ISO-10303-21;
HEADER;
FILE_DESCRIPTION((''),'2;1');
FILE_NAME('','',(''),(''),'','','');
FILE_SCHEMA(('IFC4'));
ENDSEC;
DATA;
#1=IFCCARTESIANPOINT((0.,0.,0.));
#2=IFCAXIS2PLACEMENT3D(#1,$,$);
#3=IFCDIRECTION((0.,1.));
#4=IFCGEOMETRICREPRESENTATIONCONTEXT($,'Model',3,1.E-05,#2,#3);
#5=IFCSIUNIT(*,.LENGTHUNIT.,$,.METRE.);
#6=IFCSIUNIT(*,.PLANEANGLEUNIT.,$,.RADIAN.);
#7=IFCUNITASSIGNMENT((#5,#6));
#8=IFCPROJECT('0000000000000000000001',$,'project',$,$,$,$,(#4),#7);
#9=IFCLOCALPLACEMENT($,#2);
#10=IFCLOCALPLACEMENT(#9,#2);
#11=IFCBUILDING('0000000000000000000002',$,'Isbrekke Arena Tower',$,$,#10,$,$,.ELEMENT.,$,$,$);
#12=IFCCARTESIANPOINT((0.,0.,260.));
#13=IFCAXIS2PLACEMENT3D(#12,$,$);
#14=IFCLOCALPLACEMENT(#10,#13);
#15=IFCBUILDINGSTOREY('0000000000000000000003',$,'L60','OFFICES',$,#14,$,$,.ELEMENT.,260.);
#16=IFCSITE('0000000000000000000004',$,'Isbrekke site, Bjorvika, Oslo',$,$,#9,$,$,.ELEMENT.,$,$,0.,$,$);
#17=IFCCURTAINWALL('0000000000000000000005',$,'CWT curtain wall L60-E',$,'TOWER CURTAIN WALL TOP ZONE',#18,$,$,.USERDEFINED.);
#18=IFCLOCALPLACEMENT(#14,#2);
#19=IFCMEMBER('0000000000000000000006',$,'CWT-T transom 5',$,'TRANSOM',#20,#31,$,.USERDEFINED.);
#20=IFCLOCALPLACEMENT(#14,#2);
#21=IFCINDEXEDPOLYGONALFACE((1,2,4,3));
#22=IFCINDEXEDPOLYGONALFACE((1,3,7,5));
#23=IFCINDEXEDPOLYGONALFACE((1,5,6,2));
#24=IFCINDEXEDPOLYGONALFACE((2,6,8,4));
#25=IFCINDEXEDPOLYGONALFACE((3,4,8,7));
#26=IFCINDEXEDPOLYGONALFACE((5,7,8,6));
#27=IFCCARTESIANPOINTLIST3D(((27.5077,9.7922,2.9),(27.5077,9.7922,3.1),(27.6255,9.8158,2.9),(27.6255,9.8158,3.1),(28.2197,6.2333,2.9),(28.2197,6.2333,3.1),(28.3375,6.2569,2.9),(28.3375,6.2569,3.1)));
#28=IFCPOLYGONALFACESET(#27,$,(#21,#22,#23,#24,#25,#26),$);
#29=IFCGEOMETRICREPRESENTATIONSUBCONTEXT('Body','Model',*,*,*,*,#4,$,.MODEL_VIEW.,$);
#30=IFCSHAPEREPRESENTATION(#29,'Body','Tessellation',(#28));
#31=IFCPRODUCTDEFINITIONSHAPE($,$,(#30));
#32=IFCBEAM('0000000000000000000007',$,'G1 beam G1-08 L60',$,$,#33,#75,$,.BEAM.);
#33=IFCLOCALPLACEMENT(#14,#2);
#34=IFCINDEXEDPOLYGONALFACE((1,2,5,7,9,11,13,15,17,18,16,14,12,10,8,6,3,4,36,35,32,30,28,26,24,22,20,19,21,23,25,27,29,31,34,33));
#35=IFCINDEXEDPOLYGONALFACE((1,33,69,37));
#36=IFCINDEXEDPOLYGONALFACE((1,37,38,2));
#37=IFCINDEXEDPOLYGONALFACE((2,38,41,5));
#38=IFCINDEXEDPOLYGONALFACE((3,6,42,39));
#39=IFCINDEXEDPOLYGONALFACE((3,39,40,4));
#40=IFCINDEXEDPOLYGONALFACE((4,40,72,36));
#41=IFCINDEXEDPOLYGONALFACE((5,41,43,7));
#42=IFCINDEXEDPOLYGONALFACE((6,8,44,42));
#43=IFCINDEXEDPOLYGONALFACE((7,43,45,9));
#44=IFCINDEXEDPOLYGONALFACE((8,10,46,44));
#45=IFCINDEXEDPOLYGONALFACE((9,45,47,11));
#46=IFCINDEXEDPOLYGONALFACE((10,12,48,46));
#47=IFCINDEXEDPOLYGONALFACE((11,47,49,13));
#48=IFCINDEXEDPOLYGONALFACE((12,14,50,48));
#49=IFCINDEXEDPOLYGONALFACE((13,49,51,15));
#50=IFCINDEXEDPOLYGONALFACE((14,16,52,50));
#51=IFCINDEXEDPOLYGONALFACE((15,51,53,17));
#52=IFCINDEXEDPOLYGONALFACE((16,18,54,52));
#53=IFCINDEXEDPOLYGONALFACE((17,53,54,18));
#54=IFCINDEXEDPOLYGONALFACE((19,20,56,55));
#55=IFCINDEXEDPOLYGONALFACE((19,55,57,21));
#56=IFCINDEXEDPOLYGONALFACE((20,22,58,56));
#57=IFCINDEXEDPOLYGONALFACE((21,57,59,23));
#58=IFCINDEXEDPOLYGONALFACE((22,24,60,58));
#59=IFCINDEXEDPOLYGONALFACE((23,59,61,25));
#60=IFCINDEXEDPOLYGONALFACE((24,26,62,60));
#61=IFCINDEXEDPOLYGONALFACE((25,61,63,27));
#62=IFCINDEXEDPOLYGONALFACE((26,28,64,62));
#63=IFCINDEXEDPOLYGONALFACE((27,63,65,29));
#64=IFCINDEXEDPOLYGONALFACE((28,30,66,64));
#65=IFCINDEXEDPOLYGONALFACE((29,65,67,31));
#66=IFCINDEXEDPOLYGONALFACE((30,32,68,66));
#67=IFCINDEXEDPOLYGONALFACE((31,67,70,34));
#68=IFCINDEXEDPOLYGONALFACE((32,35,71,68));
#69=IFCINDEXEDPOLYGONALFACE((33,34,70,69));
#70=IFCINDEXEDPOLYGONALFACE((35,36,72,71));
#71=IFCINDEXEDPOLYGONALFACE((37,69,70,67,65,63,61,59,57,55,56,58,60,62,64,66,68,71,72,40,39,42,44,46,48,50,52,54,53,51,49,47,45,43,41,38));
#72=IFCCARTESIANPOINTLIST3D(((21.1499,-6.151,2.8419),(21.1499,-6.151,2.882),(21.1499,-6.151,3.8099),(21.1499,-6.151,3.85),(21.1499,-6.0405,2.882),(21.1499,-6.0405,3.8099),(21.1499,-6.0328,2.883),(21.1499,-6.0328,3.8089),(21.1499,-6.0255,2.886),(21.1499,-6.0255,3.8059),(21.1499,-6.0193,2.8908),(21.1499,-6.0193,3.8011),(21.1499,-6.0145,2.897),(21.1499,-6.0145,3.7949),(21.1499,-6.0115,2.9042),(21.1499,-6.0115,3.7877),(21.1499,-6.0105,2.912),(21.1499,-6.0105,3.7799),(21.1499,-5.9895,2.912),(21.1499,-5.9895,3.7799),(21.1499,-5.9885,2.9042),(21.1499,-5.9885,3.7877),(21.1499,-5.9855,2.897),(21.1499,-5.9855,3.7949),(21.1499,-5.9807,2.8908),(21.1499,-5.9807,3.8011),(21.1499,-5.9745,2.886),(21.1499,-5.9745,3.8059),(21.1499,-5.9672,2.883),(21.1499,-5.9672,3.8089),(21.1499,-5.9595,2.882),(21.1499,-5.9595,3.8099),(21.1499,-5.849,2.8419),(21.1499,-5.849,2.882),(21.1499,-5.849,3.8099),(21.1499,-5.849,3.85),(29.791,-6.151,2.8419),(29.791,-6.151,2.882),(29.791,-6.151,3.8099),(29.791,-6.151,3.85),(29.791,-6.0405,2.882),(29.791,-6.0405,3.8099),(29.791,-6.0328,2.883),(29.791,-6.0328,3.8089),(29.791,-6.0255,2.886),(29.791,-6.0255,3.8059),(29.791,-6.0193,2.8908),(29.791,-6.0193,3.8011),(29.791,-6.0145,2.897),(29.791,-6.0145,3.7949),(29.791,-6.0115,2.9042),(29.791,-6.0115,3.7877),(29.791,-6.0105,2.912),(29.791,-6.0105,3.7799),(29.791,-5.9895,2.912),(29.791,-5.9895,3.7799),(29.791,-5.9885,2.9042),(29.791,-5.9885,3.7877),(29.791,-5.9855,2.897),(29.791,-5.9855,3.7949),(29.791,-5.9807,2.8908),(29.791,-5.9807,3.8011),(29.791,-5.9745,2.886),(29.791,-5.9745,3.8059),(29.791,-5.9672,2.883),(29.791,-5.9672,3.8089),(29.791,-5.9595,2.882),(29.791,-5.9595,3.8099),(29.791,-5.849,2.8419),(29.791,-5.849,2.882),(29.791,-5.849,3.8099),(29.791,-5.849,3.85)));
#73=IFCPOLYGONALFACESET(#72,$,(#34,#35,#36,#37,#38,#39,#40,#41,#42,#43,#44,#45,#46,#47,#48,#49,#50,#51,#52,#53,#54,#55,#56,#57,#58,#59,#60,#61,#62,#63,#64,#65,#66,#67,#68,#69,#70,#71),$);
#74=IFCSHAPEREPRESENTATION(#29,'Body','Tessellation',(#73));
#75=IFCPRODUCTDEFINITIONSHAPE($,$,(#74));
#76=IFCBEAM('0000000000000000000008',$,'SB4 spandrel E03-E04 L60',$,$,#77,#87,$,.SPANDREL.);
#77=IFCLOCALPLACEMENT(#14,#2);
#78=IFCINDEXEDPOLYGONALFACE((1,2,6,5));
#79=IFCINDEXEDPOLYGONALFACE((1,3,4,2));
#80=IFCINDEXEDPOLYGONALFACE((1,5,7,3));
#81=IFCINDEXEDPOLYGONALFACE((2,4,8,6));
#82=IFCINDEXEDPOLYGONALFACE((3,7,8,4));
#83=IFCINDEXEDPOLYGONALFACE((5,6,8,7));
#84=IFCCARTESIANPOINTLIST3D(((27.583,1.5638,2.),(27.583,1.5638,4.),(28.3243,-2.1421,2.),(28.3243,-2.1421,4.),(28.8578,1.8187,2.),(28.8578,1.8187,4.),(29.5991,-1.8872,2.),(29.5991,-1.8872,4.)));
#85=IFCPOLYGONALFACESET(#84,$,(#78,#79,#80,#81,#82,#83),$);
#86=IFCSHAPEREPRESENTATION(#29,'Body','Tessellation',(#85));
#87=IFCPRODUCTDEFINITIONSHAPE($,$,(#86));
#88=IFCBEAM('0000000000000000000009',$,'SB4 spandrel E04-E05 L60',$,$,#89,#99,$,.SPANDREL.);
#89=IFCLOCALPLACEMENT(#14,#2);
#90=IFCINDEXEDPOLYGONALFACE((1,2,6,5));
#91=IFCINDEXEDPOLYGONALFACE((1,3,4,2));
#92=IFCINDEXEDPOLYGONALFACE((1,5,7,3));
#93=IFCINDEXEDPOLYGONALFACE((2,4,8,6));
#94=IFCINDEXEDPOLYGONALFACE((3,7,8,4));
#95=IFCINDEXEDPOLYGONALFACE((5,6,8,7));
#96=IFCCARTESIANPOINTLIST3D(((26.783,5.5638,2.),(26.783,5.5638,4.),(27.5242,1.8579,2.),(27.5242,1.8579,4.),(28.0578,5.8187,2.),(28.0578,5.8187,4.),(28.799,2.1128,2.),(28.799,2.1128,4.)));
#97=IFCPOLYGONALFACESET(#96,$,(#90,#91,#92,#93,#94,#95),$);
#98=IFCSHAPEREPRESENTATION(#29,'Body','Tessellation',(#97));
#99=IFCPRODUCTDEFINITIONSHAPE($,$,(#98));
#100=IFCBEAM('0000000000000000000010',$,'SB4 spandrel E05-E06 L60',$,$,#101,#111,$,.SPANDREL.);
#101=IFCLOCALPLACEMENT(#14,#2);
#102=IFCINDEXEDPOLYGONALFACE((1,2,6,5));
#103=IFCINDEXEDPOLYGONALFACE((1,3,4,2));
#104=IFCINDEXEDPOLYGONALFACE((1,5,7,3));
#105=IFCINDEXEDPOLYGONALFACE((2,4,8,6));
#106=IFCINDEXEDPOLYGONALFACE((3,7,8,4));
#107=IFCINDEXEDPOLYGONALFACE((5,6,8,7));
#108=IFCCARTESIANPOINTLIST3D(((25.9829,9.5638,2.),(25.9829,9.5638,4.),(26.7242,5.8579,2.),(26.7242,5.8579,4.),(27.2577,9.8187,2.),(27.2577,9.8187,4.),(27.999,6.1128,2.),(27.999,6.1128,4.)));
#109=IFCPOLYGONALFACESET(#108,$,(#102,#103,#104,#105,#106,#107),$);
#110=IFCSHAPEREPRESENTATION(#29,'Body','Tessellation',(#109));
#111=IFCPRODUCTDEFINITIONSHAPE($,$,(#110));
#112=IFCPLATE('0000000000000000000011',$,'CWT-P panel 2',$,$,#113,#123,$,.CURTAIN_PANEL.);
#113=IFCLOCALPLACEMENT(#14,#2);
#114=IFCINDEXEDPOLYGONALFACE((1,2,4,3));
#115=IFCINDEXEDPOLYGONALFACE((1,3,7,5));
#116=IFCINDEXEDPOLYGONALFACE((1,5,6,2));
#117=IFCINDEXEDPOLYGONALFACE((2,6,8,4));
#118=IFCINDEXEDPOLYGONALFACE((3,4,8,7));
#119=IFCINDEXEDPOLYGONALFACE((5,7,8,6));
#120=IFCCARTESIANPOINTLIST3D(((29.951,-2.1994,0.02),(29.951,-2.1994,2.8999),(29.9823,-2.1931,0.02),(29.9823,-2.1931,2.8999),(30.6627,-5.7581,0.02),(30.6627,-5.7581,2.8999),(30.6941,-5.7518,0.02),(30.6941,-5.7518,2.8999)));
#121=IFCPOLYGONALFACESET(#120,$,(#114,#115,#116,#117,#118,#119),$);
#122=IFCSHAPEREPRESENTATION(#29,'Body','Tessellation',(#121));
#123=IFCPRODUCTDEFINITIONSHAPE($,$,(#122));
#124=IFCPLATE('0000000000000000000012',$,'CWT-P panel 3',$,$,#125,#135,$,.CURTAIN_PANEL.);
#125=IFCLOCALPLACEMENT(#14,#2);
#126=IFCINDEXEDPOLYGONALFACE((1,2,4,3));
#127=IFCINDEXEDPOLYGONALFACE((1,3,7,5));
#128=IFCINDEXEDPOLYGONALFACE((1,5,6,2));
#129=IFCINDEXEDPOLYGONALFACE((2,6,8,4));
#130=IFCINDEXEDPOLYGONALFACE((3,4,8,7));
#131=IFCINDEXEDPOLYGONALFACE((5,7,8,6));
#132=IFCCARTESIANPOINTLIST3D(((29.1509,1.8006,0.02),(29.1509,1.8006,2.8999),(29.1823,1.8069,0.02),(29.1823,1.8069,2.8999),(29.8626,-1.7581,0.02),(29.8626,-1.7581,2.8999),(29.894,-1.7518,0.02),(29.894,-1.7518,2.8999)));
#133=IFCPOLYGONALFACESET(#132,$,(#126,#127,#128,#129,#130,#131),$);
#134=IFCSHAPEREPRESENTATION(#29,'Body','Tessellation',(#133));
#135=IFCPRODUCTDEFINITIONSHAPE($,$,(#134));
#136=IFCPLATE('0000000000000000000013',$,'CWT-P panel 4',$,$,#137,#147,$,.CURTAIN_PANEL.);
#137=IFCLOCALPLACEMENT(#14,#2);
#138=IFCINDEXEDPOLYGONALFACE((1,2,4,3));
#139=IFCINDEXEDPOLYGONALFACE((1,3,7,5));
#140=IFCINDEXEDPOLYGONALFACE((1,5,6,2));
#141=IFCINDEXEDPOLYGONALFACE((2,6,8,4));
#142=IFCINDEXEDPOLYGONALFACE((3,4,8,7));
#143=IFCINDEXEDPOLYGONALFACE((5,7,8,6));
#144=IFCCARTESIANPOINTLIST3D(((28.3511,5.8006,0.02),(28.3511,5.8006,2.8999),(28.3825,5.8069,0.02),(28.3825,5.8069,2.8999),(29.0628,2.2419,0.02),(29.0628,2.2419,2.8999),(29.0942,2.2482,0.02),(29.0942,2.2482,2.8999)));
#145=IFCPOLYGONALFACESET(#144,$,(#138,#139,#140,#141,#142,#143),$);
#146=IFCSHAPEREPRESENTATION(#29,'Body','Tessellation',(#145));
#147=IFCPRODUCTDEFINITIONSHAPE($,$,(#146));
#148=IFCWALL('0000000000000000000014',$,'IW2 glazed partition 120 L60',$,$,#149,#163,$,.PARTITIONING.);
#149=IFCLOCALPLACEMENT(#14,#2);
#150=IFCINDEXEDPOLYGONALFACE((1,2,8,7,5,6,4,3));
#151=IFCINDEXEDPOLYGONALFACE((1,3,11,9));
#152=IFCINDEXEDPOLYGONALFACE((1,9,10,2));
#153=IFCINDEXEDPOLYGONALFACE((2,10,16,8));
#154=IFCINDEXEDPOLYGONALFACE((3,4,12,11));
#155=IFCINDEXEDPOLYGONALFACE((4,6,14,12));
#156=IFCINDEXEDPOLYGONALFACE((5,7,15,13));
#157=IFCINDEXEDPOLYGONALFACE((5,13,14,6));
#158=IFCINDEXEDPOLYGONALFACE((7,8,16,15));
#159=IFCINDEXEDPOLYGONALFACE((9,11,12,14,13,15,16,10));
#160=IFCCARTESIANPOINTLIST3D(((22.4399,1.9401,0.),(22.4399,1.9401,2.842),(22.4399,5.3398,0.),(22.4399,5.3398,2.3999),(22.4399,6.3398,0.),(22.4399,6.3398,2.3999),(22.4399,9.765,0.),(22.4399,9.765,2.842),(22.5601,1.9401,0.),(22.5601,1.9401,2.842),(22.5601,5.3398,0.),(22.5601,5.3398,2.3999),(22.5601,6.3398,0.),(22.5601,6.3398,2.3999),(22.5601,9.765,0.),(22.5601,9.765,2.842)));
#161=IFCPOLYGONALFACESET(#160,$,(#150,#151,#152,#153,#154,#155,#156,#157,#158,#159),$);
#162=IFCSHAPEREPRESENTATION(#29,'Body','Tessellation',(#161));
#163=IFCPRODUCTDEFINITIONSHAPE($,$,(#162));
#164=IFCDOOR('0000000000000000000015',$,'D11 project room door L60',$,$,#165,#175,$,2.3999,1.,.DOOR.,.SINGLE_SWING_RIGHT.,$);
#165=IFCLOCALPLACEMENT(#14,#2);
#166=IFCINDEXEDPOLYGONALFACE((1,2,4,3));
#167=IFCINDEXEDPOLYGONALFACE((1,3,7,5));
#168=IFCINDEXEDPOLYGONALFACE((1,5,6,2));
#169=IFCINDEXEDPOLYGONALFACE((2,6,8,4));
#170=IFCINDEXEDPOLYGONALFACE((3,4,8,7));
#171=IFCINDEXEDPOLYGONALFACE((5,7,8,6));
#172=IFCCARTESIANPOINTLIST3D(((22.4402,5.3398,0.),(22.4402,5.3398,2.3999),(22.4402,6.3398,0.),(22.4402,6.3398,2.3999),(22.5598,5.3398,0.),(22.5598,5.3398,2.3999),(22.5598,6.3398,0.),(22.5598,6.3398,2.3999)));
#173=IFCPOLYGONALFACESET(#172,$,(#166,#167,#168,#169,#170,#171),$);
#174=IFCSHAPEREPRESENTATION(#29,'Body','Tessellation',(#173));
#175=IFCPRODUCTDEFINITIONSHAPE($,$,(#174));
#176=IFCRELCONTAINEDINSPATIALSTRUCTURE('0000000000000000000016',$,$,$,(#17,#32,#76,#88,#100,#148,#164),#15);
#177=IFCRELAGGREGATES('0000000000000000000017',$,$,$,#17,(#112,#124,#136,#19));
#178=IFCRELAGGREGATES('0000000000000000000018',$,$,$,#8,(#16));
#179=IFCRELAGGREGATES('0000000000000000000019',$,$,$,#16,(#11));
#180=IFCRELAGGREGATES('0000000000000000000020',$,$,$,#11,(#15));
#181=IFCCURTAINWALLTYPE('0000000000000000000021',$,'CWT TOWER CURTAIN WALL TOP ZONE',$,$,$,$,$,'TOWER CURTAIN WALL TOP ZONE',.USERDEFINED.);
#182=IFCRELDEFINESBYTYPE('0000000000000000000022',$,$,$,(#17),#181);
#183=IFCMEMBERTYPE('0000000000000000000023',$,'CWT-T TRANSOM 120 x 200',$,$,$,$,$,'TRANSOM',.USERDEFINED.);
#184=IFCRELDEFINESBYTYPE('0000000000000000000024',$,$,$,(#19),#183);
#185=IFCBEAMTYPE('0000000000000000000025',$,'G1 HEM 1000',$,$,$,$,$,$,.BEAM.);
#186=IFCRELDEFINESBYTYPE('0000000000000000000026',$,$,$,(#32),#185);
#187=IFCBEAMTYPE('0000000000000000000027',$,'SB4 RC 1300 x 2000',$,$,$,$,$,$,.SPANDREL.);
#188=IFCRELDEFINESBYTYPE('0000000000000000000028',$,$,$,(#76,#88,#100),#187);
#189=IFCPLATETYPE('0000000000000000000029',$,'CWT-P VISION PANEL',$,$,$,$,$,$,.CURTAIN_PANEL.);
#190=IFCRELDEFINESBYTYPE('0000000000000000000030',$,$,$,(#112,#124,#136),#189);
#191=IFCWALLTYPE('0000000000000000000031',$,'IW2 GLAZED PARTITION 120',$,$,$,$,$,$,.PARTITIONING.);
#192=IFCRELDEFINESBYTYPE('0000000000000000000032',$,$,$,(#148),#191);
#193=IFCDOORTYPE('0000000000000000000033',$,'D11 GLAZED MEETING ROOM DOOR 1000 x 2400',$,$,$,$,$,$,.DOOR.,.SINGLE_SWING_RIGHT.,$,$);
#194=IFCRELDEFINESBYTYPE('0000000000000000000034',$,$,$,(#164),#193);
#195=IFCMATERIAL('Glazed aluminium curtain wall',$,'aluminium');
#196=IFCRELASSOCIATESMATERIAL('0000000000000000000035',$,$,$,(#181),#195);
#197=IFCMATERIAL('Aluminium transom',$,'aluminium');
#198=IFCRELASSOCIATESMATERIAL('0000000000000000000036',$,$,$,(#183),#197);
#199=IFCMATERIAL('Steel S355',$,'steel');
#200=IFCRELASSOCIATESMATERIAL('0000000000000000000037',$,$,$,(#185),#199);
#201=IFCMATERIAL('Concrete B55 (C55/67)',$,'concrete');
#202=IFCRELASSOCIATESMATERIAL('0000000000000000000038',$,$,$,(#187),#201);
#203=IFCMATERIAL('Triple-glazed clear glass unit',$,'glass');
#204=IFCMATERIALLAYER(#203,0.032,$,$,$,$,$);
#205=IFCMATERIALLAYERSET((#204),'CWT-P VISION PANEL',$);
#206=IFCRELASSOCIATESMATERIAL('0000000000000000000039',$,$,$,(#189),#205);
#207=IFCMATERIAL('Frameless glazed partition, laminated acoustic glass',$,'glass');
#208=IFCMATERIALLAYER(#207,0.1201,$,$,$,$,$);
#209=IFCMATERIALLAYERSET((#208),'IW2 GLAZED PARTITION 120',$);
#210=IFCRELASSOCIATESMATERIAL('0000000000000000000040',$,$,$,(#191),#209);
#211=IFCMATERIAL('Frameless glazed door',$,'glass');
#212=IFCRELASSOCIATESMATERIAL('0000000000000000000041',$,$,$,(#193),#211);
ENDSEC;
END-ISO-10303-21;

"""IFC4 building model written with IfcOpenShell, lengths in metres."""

from ifc_helpers import new_model, si_unit, direction, frame, frame_2d, origin, origin_2d, place, context, subcontext, project, spatial, rectangle, i_section, extrude, material, layer, layer_set, material_profile, profile_set, type_object, element, fill, aggregate, save


model = new_model("IFC4")

# Units and contexts
model_context = context("Model", 3, precision=1e-05, world=origin(), true_north=direction((0.0, 1.0)))
body_context = subcontext(model_context, "Body", "Model", "MODEL_VIEW")
ifc_project = project(units=[si_unit("LENGTHUNIT", "METRE"), si_unit("PLANEANGLEUNIT", "RADIAN")], contexts=[model_context])

# Site, building, storey
site_placement = place(None, origin())
site = spatial("IfcSite", under=ifc_project, at=site_placement, Name="Isbrekke site, Bjorvika, Oslo", CompositionType="ELEMENT", RefElevation=0.0)
building_placement = place(site_placement, origin())
building = spatial("IfcBuilding", under=site, at=building_placement, Name="Isbrekke Arena Tower", CompositionType="ELEMENT")
storey_placement = place(building_placement, frame((0.0, 0.0, 260.0)))
storey = spatial("IfcBuildingStorey", under=building, at=storey_placement, Name="L60", Description="OFFICES", CompositionType="ELEMENT", Elevation=260.0)

# Curtain wall, member
ifc_material_1 = material(Name="Glazed aluminium curtain wall", Category="aluminium")
curtain_wall_type = type_object("IfcCurtainWallType", Name="CWT TOWER CURTAIN WALL TOP ZONE", ElementType="TOWER CURTAIN WALL TOP ZONE", PredefinedType="USERDEFINED", material=ifc_material_1)
curtain_wall_placement = place(storey_placement, origin())
curtain_wall = element("IfcCurtainWall", 1, at=curtain_wall_placement, inside=storey, type_object=curtain_wall_type, Name="CWT curtain wall L60-E", ObjectType="TOWER CURTAIN WALL TOP ZONE", PredefinedType="USERDEFINED")
ifc_material_2 = material(Name="Aluminium transom", Category="aluminium")
ifc_material_profile_1 = material_profile(ifc_material_2, rectangle(XDim=0.1201, YDim=0.2, at=origin_2d()), Name="TRANSOM 120X200")
ifc_profile_set_1 = profile_set([ifc_material_profile_1], Name="Aluminium transom")
member_type_1 = type_object("IfcMemberType", Name="CWT-T TRANSOM 120 x 200", ElementType="TRANSOM", PredefinedType="USERDEFINED", material=ifc_profile_set_1)
member_1_placement = place(storey_placement, frame((28.2786, 6.2451, 3.0), z_axis=(-0.196155, 0.980573, 0.0), x_axis=(-0.980573, -0.196155, 0.0)))
member_1 = element("IfcMember", 2, at=member_1_placement, type_object=member_type_1, Name="CWT-T transom 5", ObjectType="TRANSOM", PredefinedType="USERDEFINED", context=body_context, shape_type="SweptSolid", body=[
    extrude(rectangle(XDim=0.1201, YDim=0.2, at=origin_2d()), origin(), (0.0, 0.0, 1.0), 3.6294),
])

# Beams
ifc_material_3 = material(Name="Steel S355", Category="steel")
ifc_material_profile_2 = material_profile(ifc_material_3, i_section(OverallWidth=0.302, OverallDepth=1.0081, WebThickness=0.021, FlangeThickness=0.04, FilletRadius=0.03, at=origin_2d()), Name="HEM 1000")
ifc_profile_set_2 = profile_set([ifc_material_profile_2], Name="Steel S355")
beam_type_1 = type_object("IfcBeamType", Name="G1 HEM 1000", PredefinedType="BEAM", material=ifc_profile_set_2)
beam_1_placement = place(storey_placement, frame((21.1499, -6.0, 3.3459), z_axis=(1.0, 0.0, 0.0), x_axis=(0.0, 1.0, 0.0)))
element("IfcBeam", 3, at=beam_1_placement, inside=storey, type_object=beam_type_1, Name="G1 beam G1-08 L60", PredefinedType="BEAM", context=body_context, shape_type="SweptSolid", body=[
    extrude(i_section(OverallWidth=0.302, OverallDepth=1.0081, WebThickness=0.021, FlangeThickness=0.04, FilletRadius=0.03, at=origin_2d()), origin(), (0.0, 0.0, 1.0), 8.6411),
])
ifc_material_4 = material(Name="Concrete B55 (C55/67)", Category="concrete")
ifc_material_profile_3 = material_profile(ifc_material_4, rectangle(XDim=1.3, YDim=2.0, at=origin_2d()), Name="RC 1300x2000")
ifc_profile_set_3 = profile_set([ifc_material_profile_3], Name="Concrete B55 (C55/67)")
beam_type_2 = type_object("IfcBeamType", Name="SB4 RC 1300 x 2000", PredefinedType="SPANDREL", material=ifc_profile_set_3)
for number, where, z_axis, x_axis, name in (
    (4, (28.9617, -2.0146, 3.0), (-0.196129, 0.980578, 0.0), (-0.980578, -0.196129, 0.0), "SB4 spandrel E03-E04 L60"),
    (5, (28.1616, 1.9854, 3.0), (-0.196129, 0.980578, 0.0), (-0.980578, -0.196129, 0.0), "SB4 spandrel E04-E05 L60"),
    (6, (27.3616, 5.9854, 3.0), (-0.196129, 0.980578, 0.0), (-0.980578, -0.196129, 0.0), "SB4 spandrel E05-E06 L60"),
):
    element("IfcBeam", number, at=place(storey_placement, frame(where, z_axis=z_axis, x_axis=x_axis)), inside=storey, type_object=beam_type_2, Name=name, PredefinedType="SPANDREL", context=body_context, shape_type="SweptSolid", body=[
        extrude(rectangle(XDim=1.3, YDim=2.0, at=origin_2d()), origin(), (0.0, 0.0, 1.0), 3.7793),
    ])

# Plates
ifc_material_5 = material(Name="Triple-glazed clear glass unit", Category="glass")
ifc_layer_1 = layer(ifc_material_5, 0.032)
ifc_layer_set_1 = layer_set([ifc_layer_1], Name="CWT-P VISION PANEL")
plate_type = type_object("IfcPlateType", Name="CWT-P VISION PANEL", PredefinedType="CURTAIN_PANEL", material=ifc_layer_set_1)
plate_1_placement = place(storey_placement, frame((30.3225, -3.9756, 0.02), z_axis=(0.0, 0.0, 1.0), x_axis=(-0.196116, 0.980581, 0.0)))
plate_1 = element("IfcPlate", 7, at=plate_1_placement, type_object=plate_type, Name="CWT-P panel 2", PredefinedType="CURTAIN_PANEL", context=body_context, shape_type="SweptSolid", body=[
    extrude(rectangle(XDim=3.6292, YDim=0.032, at=origin_2d()), origin(), (0.0, 0.0, 1.0), 2.8799),
])
plate_2_placement = place(storey_placement, frame((29.5225, 0.0244, 0.02), z_axis=(0.0, 0.0, 1.0), x_axis=(-0.196116, 0.980581, 0.0)))
plate_2 = element("IfcPlate", 8, at=plate_2_placement, type_object=plate_type, Name="CWT-P panel 3", PredefinedType="CURTAIN_PANEL", context=body_context, shape_type="SweptSolid", body=[
    extrude(rectangle(XDim=3.6292, YDim=0.032, at=origin_2d()), origin(), (0.0, 0.0, 1.0), 2.8799),
])
plate_3_placement = place(storey_placement, frame((28.7227, 4.0244, 0.02), z_axis=(0.0, 0.0, 1.0), x_axis=(-0.196116, 0.980581, 0.0)))
plate_3 = element("IfcPlate", 9, at=plate_3_placement, type_object=plate_type, Name="CWT-P panel 4", PredefinedType="CURTAIN_PANEL", context=body_context, shape_type="SweptSolid", body=[
    extrude(rectangle(XDim=3.6292, YDim=0.032, at=origin_2d()), origin(), (0.0, 0.0, 1.0), 2.8799),
])
aggregate(curtain_wall, [plate_1, plate_2, plate_3, member_1])

# Wall, opening, door
ifc_material_6 = material(Name="Frameless glazed partition, laminated acoustic glass", Category="glass")
ifc_layer_2 = layer(ifc_material_6, 0.1201)
ifc_layer_set_2 = layer_set([ifc_layer_2], Name="IW2 GLAZED PARTITION 120")
wall_type = type_object("IfcWallType", Name="IW2 GLAZED PARTITION 120", PredefinedType="PARTITIONING", material=ifc_layer_set_2)
wall_placement = place(storey_placement, frame((22.5, 1.9399, 0.0), z_axis=(0.0, 0.0, 1.0), x_axis=(0.0, 1.0, 0.0)))
wall = element("IfcWall", 10, at=wall_placement, inside=storey, type_object=wall_type, Name="IW2 glazed partition 120 L60", PredefinedType="PARTITIONING", context=body_context, shape_type="SweptSolid", body=[
    extrude(rectangle(XDim=7.825, YDim=0.1201, at=frame_2d((3.9126, 0.0))), origin(), (0.0, 0.0, 1.0), 2.842),
])
opening_placement = place(wall_placement, frame((3.3999, 0.0, 0.0)))
opening = element("IfcOpeningElement", 11, at=opening_placement, cuts=wall, PredefinedType="OPENING", context=body_context, shape_type="SweptSolid", body=[
    extrude(rectangle(XDim=1.0, YDim=2.3999, at=frame_2d((0.5, 1.2))), frame((0.0, 0.075, 0.0), z_axis=(0.0, -1.0, 0.0), x_axis=(1.0, 0.0, 0.0)), (0.0, 0.0, 1.0), 0.1499),
])
ifc_material_7 = material(Name="Frameless glazed door", Category="glass")
door_type = type_object("IfcDoorType", Name="D11 GLAZED MEETING ROOM DOOR 1000 x 2400", OperationType="SINGLE_SWING_RIGHT", PredefinedType="DOOR", material=ifc_material_7)
door_placement = place(opening_placement, origin())
door = element("IfcDoor", 12, at=door_placement, inside=storey, type_object=door_type, Name="D11 project room door L60", OperationType="SINGLE_SWING_RIGHT", OverallHeight=2.3999, OverallWidth=1.0, PredefinedType="DOOR", context=body_context, shape_type="SweptSolid", body=[
    extrude(rectangle(XDim=1.0, YDim=2.3999, at=frame_2d((0.5, 1.2))), frame((0.0, 0.0598, 0.0), z_axis=(0.0, -1.0, 0.0), x_axis=(1.0, 0.0, 0.0)), (0.0, 0.0, 1.0), 0.1196),
])
fill(opening, door)

save(model, "model.ifc")
